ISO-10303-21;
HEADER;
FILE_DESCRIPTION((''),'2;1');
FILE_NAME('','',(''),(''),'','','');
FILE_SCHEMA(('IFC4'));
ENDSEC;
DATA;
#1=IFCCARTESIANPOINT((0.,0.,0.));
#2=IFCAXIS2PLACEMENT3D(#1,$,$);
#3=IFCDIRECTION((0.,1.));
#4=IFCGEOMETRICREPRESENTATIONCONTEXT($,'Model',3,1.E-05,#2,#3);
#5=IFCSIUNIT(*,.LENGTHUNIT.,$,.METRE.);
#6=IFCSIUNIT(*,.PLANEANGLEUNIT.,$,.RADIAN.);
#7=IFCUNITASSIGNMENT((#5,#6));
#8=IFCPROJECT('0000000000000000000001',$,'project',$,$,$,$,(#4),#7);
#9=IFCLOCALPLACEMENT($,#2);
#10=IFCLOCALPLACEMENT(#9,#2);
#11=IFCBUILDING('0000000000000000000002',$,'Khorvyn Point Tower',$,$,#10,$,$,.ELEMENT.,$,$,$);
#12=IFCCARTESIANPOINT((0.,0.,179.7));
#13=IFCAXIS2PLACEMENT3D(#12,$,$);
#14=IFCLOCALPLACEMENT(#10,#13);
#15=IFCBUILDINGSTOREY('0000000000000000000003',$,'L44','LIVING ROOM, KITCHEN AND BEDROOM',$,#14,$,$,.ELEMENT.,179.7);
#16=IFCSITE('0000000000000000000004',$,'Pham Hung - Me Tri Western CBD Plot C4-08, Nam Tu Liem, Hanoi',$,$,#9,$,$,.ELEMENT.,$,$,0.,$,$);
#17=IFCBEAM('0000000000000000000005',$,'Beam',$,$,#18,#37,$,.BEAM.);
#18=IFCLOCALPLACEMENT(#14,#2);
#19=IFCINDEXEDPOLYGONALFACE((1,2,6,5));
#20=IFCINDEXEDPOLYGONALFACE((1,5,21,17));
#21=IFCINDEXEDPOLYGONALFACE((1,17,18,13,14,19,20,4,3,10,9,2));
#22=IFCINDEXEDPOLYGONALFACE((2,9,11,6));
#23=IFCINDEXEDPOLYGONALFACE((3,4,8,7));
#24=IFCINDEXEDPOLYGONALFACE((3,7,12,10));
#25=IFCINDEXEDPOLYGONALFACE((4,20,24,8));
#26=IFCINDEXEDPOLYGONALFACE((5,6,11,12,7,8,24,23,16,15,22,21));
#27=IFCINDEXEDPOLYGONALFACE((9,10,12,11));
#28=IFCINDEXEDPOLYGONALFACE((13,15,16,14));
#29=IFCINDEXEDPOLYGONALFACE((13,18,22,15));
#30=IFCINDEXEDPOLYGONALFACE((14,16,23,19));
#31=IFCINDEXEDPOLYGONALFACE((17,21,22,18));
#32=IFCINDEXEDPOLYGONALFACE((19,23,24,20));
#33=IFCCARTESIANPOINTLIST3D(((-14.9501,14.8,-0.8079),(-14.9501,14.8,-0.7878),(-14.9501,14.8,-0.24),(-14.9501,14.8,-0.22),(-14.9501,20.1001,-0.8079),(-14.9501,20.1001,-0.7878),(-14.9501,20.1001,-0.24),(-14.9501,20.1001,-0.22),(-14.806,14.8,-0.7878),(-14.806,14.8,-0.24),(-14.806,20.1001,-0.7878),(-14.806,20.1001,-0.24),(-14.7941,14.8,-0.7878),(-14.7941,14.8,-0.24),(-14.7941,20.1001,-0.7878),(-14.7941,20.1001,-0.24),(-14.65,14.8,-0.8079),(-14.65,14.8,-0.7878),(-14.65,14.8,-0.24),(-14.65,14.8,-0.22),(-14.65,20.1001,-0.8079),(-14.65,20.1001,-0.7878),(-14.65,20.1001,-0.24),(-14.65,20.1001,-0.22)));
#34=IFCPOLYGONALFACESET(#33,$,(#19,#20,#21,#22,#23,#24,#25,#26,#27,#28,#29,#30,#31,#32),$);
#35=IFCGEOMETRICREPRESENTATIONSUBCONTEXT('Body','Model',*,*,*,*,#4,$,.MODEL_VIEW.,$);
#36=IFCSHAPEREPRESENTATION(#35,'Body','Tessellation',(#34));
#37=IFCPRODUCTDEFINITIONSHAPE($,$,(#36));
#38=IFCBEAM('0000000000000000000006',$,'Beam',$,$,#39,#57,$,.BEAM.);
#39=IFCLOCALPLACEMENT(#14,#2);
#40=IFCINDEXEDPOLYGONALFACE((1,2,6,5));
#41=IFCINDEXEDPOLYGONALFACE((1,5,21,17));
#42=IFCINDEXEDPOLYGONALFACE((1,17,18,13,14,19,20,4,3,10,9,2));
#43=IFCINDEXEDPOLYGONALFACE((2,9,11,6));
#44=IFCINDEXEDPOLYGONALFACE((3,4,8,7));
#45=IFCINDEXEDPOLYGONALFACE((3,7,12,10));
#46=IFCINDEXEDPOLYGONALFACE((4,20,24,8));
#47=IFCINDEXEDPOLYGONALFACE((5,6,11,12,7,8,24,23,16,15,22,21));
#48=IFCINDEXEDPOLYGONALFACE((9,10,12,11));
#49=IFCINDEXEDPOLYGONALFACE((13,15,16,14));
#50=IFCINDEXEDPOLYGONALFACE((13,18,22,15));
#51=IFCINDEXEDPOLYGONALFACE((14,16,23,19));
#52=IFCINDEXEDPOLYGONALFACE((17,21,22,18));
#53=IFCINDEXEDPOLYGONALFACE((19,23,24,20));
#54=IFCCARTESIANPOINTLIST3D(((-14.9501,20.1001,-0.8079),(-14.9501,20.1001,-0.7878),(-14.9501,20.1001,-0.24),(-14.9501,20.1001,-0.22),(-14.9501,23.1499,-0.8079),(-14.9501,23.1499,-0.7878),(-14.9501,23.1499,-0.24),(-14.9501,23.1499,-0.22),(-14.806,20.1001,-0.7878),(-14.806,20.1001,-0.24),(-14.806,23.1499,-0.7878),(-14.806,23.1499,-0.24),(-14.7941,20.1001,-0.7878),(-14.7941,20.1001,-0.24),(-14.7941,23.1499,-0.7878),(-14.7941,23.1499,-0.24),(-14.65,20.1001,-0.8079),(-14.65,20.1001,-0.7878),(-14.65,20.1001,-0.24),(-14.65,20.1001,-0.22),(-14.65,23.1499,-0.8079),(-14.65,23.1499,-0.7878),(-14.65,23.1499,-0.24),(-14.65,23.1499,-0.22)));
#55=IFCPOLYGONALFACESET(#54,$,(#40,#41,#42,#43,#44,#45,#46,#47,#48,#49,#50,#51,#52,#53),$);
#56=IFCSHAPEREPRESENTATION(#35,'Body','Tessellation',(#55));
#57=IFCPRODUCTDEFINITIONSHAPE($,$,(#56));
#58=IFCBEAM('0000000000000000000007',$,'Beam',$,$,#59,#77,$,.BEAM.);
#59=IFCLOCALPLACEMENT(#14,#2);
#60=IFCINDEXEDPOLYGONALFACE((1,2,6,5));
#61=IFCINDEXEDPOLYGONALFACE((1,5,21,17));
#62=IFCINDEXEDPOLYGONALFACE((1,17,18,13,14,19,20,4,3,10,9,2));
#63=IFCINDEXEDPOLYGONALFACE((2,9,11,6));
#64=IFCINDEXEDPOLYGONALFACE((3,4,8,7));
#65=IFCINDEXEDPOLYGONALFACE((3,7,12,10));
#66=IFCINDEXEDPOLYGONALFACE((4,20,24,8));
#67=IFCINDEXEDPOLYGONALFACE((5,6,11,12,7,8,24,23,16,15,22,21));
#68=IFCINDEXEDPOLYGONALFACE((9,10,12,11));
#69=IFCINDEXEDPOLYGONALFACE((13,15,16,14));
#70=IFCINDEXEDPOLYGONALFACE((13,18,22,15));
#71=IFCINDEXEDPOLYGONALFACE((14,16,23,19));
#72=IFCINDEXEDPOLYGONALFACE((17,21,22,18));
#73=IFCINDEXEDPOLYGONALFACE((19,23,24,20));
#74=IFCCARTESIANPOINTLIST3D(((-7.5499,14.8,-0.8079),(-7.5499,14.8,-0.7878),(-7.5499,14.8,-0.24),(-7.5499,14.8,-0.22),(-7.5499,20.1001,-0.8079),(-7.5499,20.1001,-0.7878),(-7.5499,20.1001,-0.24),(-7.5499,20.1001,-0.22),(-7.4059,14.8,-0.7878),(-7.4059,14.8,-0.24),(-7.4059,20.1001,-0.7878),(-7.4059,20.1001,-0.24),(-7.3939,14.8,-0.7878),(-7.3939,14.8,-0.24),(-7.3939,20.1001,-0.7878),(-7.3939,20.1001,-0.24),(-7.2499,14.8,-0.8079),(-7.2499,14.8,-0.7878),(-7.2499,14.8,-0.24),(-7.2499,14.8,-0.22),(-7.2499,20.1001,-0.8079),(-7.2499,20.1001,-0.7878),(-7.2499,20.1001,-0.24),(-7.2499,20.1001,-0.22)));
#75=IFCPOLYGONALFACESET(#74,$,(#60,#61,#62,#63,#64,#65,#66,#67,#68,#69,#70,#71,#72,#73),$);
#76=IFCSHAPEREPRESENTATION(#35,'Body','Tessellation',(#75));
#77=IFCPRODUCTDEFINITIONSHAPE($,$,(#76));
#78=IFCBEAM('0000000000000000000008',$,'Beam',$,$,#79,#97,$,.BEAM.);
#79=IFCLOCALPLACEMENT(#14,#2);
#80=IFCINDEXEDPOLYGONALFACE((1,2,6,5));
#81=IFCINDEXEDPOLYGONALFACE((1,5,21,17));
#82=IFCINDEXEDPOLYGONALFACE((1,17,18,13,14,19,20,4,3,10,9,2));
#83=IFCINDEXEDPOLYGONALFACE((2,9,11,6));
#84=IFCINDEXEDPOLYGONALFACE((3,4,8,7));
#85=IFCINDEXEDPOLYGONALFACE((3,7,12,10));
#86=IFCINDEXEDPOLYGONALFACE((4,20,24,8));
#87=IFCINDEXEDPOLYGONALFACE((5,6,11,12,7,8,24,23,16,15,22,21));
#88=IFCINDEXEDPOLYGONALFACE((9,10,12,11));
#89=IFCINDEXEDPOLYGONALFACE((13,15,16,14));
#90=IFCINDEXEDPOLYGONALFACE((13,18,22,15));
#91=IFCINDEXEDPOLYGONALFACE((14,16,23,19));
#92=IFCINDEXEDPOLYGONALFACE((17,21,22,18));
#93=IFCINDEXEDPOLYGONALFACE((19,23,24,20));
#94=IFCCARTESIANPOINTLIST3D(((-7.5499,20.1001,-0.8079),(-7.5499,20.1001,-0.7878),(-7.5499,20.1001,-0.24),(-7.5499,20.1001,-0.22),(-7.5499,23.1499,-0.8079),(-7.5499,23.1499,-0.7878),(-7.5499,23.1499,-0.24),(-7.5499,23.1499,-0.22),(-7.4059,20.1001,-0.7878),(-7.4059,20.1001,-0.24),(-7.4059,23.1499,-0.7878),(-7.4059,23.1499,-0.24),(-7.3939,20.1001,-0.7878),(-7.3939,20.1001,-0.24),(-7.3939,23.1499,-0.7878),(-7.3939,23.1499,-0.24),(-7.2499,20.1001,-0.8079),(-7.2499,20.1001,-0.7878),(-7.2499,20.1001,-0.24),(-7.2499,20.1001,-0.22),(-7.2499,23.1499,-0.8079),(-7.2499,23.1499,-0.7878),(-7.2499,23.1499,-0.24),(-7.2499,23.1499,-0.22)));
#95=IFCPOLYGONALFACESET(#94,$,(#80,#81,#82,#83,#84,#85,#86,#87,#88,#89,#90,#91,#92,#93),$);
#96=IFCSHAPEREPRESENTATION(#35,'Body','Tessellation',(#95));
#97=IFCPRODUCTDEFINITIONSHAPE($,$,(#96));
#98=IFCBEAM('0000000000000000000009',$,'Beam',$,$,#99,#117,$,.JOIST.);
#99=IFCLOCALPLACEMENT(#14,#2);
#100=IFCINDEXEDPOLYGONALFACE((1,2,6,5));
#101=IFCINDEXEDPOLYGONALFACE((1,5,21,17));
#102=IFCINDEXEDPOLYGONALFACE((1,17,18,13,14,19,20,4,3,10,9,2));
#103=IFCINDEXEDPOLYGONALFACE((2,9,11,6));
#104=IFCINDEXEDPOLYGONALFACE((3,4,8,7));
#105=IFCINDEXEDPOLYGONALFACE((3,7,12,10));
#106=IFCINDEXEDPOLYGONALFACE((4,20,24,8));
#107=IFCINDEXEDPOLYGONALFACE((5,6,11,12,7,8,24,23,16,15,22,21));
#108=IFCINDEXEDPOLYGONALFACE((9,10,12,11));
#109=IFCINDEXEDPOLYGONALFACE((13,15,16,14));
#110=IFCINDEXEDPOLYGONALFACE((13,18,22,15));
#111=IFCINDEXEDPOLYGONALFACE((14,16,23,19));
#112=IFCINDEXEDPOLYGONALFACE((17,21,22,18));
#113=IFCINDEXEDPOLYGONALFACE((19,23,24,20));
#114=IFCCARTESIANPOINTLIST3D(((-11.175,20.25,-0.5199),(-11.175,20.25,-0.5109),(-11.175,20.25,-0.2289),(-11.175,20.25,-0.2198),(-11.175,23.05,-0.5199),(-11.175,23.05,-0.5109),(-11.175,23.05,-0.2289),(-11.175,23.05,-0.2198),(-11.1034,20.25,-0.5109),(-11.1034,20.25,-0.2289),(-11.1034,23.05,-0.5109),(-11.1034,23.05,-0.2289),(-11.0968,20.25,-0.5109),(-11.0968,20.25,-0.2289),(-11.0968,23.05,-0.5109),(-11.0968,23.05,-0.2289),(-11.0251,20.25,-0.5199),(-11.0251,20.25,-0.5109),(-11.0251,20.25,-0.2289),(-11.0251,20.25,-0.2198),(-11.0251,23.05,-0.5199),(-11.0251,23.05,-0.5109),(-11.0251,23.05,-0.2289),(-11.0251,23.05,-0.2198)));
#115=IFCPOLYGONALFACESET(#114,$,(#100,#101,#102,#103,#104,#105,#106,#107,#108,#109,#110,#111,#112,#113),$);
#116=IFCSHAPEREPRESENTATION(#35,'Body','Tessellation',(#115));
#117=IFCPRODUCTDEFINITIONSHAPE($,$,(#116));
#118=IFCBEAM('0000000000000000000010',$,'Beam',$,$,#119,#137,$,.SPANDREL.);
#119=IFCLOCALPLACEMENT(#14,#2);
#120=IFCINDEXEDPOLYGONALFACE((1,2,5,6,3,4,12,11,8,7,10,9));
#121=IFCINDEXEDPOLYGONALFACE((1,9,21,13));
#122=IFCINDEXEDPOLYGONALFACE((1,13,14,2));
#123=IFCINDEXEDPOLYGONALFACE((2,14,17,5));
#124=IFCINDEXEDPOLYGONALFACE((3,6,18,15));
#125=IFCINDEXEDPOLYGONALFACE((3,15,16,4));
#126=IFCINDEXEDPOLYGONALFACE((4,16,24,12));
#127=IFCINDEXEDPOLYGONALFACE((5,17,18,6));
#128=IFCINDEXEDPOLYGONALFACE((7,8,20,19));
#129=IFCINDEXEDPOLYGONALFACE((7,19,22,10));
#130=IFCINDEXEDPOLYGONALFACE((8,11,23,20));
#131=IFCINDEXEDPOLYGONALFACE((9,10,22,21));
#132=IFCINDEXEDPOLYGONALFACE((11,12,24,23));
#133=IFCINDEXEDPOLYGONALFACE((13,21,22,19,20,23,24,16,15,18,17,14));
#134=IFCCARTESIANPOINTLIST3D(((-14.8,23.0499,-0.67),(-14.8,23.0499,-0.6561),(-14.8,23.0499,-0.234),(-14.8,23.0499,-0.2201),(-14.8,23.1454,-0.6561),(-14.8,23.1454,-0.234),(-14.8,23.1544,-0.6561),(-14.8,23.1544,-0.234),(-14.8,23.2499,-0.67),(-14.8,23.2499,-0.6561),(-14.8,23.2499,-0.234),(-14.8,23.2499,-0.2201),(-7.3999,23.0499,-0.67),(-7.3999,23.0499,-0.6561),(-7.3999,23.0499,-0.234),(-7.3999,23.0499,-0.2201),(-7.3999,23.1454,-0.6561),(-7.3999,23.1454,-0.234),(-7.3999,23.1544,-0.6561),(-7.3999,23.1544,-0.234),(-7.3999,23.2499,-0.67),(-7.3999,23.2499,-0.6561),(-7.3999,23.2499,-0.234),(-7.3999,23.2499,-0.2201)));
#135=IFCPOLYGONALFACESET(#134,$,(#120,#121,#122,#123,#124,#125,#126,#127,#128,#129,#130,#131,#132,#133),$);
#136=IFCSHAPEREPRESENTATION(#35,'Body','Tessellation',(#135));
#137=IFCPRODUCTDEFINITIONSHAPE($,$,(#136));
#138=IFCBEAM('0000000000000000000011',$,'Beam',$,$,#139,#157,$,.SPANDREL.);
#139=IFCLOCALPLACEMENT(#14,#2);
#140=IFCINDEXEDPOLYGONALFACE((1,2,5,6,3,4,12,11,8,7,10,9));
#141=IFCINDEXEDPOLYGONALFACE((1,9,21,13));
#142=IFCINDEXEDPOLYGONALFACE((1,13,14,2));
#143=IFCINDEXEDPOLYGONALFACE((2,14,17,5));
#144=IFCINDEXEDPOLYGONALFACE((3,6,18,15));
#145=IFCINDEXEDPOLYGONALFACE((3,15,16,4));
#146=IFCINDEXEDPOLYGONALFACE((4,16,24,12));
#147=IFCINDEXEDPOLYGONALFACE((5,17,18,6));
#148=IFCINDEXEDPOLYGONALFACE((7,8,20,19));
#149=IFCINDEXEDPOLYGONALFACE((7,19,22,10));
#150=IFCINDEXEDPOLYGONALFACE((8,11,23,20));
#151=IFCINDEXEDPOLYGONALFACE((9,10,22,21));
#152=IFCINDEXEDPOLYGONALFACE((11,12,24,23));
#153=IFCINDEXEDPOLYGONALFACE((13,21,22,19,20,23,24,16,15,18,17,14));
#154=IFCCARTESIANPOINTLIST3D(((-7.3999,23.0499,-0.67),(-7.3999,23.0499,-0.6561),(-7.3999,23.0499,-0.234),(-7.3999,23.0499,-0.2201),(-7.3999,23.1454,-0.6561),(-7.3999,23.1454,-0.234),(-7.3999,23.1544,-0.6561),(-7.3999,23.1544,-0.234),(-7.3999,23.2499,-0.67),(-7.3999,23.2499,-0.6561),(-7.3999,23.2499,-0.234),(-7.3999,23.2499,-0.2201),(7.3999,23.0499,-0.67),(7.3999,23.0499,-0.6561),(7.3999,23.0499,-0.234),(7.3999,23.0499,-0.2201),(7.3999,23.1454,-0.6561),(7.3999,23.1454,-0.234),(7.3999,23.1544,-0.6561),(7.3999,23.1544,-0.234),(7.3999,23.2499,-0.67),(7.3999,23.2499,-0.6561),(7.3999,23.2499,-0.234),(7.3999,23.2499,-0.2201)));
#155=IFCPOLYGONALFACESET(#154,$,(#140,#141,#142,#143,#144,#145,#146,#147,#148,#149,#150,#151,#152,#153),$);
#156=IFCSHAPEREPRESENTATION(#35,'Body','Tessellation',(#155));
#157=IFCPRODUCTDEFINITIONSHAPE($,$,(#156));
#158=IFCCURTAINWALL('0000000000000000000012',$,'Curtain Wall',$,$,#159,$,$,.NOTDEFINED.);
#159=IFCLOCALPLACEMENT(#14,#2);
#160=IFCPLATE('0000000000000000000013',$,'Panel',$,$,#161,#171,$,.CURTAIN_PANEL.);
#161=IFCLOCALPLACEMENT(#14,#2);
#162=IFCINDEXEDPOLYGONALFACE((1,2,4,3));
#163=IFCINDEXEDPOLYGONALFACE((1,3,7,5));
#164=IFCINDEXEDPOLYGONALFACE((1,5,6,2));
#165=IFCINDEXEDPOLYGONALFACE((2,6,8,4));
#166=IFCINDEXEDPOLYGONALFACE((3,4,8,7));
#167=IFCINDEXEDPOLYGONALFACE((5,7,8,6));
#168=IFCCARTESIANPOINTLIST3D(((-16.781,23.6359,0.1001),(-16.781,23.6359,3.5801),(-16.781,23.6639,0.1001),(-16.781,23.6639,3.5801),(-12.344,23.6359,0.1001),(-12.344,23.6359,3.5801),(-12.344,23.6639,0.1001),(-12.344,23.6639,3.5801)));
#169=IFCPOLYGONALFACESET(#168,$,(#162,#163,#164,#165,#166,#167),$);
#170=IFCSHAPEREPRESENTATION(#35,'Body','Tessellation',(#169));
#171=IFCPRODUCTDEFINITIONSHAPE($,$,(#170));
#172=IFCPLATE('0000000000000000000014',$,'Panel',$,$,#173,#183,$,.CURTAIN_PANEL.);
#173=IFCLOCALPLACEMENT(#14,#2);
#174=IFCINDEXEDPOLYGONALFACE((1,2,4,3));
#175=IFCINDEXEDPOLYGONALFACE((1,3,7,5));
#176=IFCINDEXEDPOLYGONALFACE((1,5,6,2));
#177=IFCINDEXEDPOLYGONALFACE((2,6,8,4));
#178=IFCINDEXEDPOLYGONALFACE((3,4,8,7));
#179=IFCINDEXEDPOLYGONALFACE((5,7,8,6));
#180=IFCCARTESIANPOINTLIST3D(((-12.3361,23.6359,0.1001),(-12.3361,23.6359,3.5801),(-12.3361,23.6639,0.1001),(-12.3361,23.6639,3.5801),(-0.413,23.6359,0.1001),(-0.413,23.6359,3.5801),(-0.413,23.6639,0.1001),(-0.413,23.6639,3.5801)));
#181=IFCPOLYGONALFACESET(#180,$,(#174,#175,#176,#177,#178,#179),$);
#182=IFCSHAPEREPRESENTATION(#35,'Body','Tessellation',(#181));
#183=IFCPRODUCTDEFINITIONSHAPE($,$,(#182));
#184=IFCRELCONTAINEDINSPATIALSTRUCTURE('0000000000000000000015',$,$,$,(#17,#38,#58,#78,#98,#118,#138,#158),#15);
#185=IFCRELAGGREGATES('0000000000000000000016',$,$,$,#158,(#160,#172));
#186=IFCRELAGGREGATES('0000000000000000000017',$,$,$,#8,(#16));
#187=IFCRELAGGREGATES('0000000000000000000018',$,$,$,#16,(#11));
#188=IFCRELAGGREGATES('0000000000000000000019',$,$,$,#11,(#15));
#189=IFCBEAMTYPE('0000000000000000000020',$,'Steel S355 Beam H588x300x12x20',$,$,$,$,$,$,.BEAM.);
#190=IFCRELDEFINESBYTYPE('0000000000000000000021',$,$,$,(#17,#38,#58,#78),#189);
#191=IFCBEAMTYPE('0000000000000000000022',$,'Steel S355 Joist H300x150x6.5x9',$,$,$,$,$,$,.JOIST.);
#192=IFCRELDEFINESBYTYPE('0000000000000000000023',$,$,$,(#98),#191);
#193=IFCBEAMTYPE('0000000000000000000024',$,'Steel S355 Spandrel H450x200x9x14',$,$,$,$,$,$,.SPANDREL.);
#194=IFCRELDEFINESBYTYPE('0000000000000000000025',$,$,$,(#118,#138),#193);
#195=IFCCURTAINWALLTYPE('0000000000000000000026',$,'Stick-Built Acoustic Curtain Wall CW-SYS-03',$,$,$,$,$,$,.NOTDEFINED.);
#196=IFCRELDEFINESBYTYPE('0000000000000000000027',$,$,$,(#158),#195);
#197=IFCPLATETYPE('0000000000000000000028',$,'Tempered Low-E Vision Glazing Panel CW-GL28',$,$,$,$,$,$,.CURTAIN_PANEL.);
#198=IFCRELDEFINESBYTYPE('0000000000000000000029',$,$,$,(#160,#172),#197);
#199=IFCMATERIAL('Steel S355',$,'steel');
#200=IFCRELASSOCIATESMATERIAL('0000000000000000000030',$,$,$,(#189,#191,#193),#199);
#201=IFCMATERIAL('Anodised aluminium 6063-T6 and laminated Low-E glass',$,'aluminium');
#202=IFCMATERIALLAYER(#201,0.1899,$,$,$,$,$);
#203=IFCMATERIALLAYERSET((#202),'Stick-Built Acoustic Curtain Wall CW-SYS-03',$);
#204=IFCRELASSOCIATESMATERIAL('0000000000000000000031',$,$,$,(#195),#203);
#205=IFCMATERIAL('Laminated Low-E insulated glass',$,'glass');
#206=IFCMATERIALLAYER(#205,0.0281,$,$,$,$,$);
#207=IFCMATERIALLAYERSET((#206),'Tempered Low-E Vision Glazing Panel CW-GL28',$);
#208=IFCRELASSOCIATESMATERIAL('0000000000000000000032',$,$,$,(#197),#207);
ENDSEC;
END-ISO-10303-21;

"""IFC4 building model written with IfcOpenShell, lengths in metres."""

from ifc_helpers import new_model, si_unit, direction, frame, origin, origin_2d, place, context, subcontext, project, spatial, rectangle, i_section, extrude, material, layer, layer_set, material_profile, profile_set, type_object, element, aggregate, save


model = new_model("IFC4")

# Units and contexts
model_context = context("Model", 3, precision=1e-05, world=origin(), true_north=direction((0.0, 1.0)))
body_context = subcontext(model_context, "Body", "Model", "MODEL_VIEW")
ifc_project = project(units=[si_unit("LENGTHUNIT", "METRE"), si_unit("PLANEANGLEUNIT", "RADIAN")], contexts=[model_context])

# Site, building, storey
site_placement = place(None, origin())
site = spatial("IfcSite", under=ifc_project, at=site_placement, Name="Pham Hung - Me Tri Western CBD Plot C4-08, Nam Tu Liem, Hanoi", CompositionType="ELEMENT", RefElevation=0.0)
building_placement = place(site_placement, origin())
building = spatial("IfcBuilding", under=site, at=building_placement, Name="Khorvyn Point Tower", CompositionType="ELEMENT")
storey_placement = place(building_placement, frame((0.0, 0.0, 179.7)))
storey = spatial("IfcBuildingStorey", under=building, at=storey_placement, Name="L44", Description="LIVING ROOM, KITCHEN AND BEDROOM", CompositionType="ELEMENT", Elevation=179.7)

# Beams
ifc_material_1 = material(Name="Steel S355", Category="steel")
ifc_material_profile_1 = material_profile(ifc_material_1, i_section(OverallWidth=0.3, OverallDepth=0.5879, WebThickness=0.012, FlangeThickness=0.02, at=origin_2d()))
ifc_profile_set_1 = profile_set([ifc_material_profile_1], Name="Steel S355 H588x300x12x20")
beam_type_1 = type_object("IfcBeamType", Name="Steel S355 Beam H588x300x12x20", PredefinedType="BEAM", material=ifc_profile_set_1)
beam_1_placement = place(storey_placement, frame((-14.8, 14.8, -0.5139), z_axis=(0.0, 1.0, 0.0), x_axis=(-1.0, 0.0, 0.0)))
element("IfcBeam", 1, at=beam_1_placement, inside=storey, type_object=beam_type_1, Name="Beam", PredefinedType="BEAM", context=body_context, shape_type="SweptSolid", body=[
    extrude(i_section(OverallWidth=0.3, OverallDepth=0.5879, WebThickness=0.012, FlangeThickness=0.02, at=origin_2d()), origin(), (0.0, 0.0, 1.0), 5.3),
])
beam_2_placement = place(storey_placement, frame((-14.8, 20.1001, -0.5139), z_axis=(0.0, 1.0, 0.0), x_axis=(-1.0, 0.0, 0.0)))
element("IfcBeam", 2, at=beam_2_placement, inside=storey, type_object=beam_type_1, Name="Beam", PredefinedType="BEAM", context=body_context, shape_type="SweptSolid", body=[
    extrude(i_section(OverallWidth=0.3, OverallDepth=0.5879, WebThickness=0.012, FlangeThickness=0.02, at=origin_2d()), origin(), (0.0, 0.0, 1.0), 3.0498),
])
beam_3_placement = place(storey_placement, frame((-7.3999, 14.8, -0.5139), z_axis=(0.0, 1.0, 0.0), x_axis=(-1.0, 0.0, 0.0)))
element("IfcBeam", 3, at=beam_3_placement, inside=storey, type_object=beam_type_1, Name="Beam", PredefinedType="BEAM", context=body_context, shape_type="SweptSolid", body=[
    extrude(i_section(OverallWidth=0.3, OverallDepth=0.5879, WebThickness=0.012, FlangeThickness=0.02, at=origin_2d()), origin(), (0.0, 0.0, 1.0), 5.3),
])
beam_4_placement = place(storey_placement, frame((-7.3999, 20.1001, -0.5139), z_axis=(0.0, 1.0, 0.0), x_axis=(-1.0, 0.0, 0.0)))
element("IfcBeam", 4, at=beam_4_placement, inside=storey, type_object=beam_type_1, Name="Beam", PredefinedType="BEAM", context=body_context, shape_type="SweptSolid", body=[
    extrude(i_section(OverallWidth=0.3, OverallDepth=0.5879, WebThickness=0.012, FlangeThickness=0.02, at=origin_2d()), origin(), (0.0, 0.0, 1.0), 3.0498),
])
ifc_material_profile_2 = material_profile(ifc_material_1, i_section(OverallWidth=0.1499, OverallDepth=0.3, WebThickness=0.0066, FlangeThickness=0.009, at=origin_2d()))
ifc_profile_set_2 = profile_set([ifc_material_profile_2], Name="Steel S355 H300x150x6.5x9")
beam_type_2 = type_object("IfcBeamType", Name="Steel S355 Joist H300x150x6.5x9", PredefinedType="JOIST", material=ifc_profile_set_2)
beam_5_placement = place(storey_placement, frame((-11.1001, 20.25, -0.3699), z_axis=(0.0, 1.0, 0.0), x_axis=(-1.0, 0.0, 0.0)))
element("IfcBeam", 5, at=beam_5_placement, inside=storey, type_object=beam_type_2, Name="Beam", PredefinedType="JOIST", context=body_context, shape_type="SweptSolid", body=[
    extrude(i_section(OverallWidth=0.1499, OverallDepth=0.3, WebThickness=0.0066, FlangeThickness=0.009, at=origin_2d()), origin(), (0.0, 0.0, 1.0), 2.8),
])
ifc_material_profile_3 = material_profile(ifc_material_1, i_section(OverallWidth=0.2, OverallDepth=0.45, WebThickness=0.009, FlangeThickness=0.0139, at=origin_2d()))
ifc_profile_set_3 = profile_set([ifc_material_profile_3], Name="Steel S355 H450x200x9x14")
beam_type_3 = type_object("IfcBeamType", Name="Steel S355 Spandrel H450x200x9x14", PredefinedType="SPANDREL", material=ifc_profile_set_3)
beam_6_placement = place(storey_placement, frame((-14.8, 23.1499, -0.4451), z_axis=(1.0, 0.0, 0.0), x_axis=(0.0, 1.0, 0.0)))
element("IfcBeam", 6, at=beam_6_placement, inside=storey, type_object=beam_type_3, Name="Beam", PredefinedType="SPANDREL", context=body_context, shape_type="SweptSolid", body=[
    extrude(i_section(OverallWidth=0.2, OverallDepth=0.45, WebThickness=0.009, FlangeThickness=0.0139, at=origin_2d()), origin(), (0.0, 0.0, 1.0), 7.4001),
])
beam_7_placement = place(storey_placement, frame((-7.3999, 23.1499, -0.4451), z_axis=(1.0, 0.0, 0.0), x_axis=(0.0, 1.0, 0.0)))
element("IfcBeam", 7, at=beam_7_placement, inside=storey, type_object=beam_type_3, Name="Beam", PredefinedType="SPANDREL", context=body_context, shape_type="SweptSolid", body=[
    extrude(i_section(OverallWidth=0.2, OverallDepth=0.45, WebThickness=0.009, FlangeThickness=0.0139, at=origin_2d()), origin(), (0.0, 0.0, 1.0), 14.7998),
])

# Curtain wall, plates
ifc_material_2 = material(Name="Anodised aluminium 6063-T6 and laminated Low-E glass", Category="aluminium")
ifc_layer_1 = layer(ifc_material_2, 0.1899)
ifc_layer_set_1 = layer_set([ifc_layer_1], Name="Stick-Built Acoustic Curtain Wall CW-SYS-03")
curtain_wall_type = type_object("IfcCurtainWallType", Name="Stick-Built Acoustic Curtain Wall CW-SYS-03", PredefinedType="NOTDEFINED", material=ifc_layer_set_1)
curtain_wall_placement = place(storey_placement, origin())
curtain_wall = element("IfcCurtainWall", 8, at=curtain_wall_placement, inside=storey, type_object=curtain_wall_type, Name="Curtain Wall", PredefinedType="NOTDEFINED")
ifc_material_3 = material(Name="Laminated Low-E insulated glass", Category="glass")
ifc_layer_2 = layer(ifc_material_3, 0.0281)
ifc_layer_set_2 = layer_set([ifc_layer_2], Name="Tempered Low-E Vision Glazing Panel CW-GL28")
plate_type = type_object("IfcPlateType", Name="Tempered Low-E Vision Glazing Panel CW-GL28", PredefinedType="CURTAIN_PANEL", material=ifc_layer_set_2)
plate_1_placement = place(storey_placement, frame((-14.5625, 23.6499, 0.1001), z_axis=(0.0, 0.0, 1.0), x_axis=(1.0, 0.0, 0.0)))
plate_1 = element("IfcPlate", 9, at=plate_1_placement, type_object=plate_type, Name="Panel", PredefinedType="CURTAIN_PANEL", context=body_context, shape_type="SweptSolid", body=[
    extrude(rectangle(XDim=4.437, YDim=0.0281, at=origin_2d()), origin(), (0.0, 0.0, 1.0), 3.48),
])
plate_2_placement = place(storey_placement, frame((-6.3745, 23.6499, 0.1001), z_axis=(0.0, 0.0, 1.0), x_axis=(1.0, 0.0, 0.0)))
plate_2 = element("IfcPlate", 10, at=plate_2_placement, type_object=plate_type, Name="Panel", PredefinedType="CURTAIN_PANEL", context=body_context, shape_type="SweptSolid", body=[
    extrude(rectangle(XDim=11.9231, YDim=0.0281, at=origin_2d()), origin(), (0.0, 0.0, 1.0), 3.48),
])
aggregate(curtain_wall, [plate_1, plate_2])

save(model, "model.ifc")
